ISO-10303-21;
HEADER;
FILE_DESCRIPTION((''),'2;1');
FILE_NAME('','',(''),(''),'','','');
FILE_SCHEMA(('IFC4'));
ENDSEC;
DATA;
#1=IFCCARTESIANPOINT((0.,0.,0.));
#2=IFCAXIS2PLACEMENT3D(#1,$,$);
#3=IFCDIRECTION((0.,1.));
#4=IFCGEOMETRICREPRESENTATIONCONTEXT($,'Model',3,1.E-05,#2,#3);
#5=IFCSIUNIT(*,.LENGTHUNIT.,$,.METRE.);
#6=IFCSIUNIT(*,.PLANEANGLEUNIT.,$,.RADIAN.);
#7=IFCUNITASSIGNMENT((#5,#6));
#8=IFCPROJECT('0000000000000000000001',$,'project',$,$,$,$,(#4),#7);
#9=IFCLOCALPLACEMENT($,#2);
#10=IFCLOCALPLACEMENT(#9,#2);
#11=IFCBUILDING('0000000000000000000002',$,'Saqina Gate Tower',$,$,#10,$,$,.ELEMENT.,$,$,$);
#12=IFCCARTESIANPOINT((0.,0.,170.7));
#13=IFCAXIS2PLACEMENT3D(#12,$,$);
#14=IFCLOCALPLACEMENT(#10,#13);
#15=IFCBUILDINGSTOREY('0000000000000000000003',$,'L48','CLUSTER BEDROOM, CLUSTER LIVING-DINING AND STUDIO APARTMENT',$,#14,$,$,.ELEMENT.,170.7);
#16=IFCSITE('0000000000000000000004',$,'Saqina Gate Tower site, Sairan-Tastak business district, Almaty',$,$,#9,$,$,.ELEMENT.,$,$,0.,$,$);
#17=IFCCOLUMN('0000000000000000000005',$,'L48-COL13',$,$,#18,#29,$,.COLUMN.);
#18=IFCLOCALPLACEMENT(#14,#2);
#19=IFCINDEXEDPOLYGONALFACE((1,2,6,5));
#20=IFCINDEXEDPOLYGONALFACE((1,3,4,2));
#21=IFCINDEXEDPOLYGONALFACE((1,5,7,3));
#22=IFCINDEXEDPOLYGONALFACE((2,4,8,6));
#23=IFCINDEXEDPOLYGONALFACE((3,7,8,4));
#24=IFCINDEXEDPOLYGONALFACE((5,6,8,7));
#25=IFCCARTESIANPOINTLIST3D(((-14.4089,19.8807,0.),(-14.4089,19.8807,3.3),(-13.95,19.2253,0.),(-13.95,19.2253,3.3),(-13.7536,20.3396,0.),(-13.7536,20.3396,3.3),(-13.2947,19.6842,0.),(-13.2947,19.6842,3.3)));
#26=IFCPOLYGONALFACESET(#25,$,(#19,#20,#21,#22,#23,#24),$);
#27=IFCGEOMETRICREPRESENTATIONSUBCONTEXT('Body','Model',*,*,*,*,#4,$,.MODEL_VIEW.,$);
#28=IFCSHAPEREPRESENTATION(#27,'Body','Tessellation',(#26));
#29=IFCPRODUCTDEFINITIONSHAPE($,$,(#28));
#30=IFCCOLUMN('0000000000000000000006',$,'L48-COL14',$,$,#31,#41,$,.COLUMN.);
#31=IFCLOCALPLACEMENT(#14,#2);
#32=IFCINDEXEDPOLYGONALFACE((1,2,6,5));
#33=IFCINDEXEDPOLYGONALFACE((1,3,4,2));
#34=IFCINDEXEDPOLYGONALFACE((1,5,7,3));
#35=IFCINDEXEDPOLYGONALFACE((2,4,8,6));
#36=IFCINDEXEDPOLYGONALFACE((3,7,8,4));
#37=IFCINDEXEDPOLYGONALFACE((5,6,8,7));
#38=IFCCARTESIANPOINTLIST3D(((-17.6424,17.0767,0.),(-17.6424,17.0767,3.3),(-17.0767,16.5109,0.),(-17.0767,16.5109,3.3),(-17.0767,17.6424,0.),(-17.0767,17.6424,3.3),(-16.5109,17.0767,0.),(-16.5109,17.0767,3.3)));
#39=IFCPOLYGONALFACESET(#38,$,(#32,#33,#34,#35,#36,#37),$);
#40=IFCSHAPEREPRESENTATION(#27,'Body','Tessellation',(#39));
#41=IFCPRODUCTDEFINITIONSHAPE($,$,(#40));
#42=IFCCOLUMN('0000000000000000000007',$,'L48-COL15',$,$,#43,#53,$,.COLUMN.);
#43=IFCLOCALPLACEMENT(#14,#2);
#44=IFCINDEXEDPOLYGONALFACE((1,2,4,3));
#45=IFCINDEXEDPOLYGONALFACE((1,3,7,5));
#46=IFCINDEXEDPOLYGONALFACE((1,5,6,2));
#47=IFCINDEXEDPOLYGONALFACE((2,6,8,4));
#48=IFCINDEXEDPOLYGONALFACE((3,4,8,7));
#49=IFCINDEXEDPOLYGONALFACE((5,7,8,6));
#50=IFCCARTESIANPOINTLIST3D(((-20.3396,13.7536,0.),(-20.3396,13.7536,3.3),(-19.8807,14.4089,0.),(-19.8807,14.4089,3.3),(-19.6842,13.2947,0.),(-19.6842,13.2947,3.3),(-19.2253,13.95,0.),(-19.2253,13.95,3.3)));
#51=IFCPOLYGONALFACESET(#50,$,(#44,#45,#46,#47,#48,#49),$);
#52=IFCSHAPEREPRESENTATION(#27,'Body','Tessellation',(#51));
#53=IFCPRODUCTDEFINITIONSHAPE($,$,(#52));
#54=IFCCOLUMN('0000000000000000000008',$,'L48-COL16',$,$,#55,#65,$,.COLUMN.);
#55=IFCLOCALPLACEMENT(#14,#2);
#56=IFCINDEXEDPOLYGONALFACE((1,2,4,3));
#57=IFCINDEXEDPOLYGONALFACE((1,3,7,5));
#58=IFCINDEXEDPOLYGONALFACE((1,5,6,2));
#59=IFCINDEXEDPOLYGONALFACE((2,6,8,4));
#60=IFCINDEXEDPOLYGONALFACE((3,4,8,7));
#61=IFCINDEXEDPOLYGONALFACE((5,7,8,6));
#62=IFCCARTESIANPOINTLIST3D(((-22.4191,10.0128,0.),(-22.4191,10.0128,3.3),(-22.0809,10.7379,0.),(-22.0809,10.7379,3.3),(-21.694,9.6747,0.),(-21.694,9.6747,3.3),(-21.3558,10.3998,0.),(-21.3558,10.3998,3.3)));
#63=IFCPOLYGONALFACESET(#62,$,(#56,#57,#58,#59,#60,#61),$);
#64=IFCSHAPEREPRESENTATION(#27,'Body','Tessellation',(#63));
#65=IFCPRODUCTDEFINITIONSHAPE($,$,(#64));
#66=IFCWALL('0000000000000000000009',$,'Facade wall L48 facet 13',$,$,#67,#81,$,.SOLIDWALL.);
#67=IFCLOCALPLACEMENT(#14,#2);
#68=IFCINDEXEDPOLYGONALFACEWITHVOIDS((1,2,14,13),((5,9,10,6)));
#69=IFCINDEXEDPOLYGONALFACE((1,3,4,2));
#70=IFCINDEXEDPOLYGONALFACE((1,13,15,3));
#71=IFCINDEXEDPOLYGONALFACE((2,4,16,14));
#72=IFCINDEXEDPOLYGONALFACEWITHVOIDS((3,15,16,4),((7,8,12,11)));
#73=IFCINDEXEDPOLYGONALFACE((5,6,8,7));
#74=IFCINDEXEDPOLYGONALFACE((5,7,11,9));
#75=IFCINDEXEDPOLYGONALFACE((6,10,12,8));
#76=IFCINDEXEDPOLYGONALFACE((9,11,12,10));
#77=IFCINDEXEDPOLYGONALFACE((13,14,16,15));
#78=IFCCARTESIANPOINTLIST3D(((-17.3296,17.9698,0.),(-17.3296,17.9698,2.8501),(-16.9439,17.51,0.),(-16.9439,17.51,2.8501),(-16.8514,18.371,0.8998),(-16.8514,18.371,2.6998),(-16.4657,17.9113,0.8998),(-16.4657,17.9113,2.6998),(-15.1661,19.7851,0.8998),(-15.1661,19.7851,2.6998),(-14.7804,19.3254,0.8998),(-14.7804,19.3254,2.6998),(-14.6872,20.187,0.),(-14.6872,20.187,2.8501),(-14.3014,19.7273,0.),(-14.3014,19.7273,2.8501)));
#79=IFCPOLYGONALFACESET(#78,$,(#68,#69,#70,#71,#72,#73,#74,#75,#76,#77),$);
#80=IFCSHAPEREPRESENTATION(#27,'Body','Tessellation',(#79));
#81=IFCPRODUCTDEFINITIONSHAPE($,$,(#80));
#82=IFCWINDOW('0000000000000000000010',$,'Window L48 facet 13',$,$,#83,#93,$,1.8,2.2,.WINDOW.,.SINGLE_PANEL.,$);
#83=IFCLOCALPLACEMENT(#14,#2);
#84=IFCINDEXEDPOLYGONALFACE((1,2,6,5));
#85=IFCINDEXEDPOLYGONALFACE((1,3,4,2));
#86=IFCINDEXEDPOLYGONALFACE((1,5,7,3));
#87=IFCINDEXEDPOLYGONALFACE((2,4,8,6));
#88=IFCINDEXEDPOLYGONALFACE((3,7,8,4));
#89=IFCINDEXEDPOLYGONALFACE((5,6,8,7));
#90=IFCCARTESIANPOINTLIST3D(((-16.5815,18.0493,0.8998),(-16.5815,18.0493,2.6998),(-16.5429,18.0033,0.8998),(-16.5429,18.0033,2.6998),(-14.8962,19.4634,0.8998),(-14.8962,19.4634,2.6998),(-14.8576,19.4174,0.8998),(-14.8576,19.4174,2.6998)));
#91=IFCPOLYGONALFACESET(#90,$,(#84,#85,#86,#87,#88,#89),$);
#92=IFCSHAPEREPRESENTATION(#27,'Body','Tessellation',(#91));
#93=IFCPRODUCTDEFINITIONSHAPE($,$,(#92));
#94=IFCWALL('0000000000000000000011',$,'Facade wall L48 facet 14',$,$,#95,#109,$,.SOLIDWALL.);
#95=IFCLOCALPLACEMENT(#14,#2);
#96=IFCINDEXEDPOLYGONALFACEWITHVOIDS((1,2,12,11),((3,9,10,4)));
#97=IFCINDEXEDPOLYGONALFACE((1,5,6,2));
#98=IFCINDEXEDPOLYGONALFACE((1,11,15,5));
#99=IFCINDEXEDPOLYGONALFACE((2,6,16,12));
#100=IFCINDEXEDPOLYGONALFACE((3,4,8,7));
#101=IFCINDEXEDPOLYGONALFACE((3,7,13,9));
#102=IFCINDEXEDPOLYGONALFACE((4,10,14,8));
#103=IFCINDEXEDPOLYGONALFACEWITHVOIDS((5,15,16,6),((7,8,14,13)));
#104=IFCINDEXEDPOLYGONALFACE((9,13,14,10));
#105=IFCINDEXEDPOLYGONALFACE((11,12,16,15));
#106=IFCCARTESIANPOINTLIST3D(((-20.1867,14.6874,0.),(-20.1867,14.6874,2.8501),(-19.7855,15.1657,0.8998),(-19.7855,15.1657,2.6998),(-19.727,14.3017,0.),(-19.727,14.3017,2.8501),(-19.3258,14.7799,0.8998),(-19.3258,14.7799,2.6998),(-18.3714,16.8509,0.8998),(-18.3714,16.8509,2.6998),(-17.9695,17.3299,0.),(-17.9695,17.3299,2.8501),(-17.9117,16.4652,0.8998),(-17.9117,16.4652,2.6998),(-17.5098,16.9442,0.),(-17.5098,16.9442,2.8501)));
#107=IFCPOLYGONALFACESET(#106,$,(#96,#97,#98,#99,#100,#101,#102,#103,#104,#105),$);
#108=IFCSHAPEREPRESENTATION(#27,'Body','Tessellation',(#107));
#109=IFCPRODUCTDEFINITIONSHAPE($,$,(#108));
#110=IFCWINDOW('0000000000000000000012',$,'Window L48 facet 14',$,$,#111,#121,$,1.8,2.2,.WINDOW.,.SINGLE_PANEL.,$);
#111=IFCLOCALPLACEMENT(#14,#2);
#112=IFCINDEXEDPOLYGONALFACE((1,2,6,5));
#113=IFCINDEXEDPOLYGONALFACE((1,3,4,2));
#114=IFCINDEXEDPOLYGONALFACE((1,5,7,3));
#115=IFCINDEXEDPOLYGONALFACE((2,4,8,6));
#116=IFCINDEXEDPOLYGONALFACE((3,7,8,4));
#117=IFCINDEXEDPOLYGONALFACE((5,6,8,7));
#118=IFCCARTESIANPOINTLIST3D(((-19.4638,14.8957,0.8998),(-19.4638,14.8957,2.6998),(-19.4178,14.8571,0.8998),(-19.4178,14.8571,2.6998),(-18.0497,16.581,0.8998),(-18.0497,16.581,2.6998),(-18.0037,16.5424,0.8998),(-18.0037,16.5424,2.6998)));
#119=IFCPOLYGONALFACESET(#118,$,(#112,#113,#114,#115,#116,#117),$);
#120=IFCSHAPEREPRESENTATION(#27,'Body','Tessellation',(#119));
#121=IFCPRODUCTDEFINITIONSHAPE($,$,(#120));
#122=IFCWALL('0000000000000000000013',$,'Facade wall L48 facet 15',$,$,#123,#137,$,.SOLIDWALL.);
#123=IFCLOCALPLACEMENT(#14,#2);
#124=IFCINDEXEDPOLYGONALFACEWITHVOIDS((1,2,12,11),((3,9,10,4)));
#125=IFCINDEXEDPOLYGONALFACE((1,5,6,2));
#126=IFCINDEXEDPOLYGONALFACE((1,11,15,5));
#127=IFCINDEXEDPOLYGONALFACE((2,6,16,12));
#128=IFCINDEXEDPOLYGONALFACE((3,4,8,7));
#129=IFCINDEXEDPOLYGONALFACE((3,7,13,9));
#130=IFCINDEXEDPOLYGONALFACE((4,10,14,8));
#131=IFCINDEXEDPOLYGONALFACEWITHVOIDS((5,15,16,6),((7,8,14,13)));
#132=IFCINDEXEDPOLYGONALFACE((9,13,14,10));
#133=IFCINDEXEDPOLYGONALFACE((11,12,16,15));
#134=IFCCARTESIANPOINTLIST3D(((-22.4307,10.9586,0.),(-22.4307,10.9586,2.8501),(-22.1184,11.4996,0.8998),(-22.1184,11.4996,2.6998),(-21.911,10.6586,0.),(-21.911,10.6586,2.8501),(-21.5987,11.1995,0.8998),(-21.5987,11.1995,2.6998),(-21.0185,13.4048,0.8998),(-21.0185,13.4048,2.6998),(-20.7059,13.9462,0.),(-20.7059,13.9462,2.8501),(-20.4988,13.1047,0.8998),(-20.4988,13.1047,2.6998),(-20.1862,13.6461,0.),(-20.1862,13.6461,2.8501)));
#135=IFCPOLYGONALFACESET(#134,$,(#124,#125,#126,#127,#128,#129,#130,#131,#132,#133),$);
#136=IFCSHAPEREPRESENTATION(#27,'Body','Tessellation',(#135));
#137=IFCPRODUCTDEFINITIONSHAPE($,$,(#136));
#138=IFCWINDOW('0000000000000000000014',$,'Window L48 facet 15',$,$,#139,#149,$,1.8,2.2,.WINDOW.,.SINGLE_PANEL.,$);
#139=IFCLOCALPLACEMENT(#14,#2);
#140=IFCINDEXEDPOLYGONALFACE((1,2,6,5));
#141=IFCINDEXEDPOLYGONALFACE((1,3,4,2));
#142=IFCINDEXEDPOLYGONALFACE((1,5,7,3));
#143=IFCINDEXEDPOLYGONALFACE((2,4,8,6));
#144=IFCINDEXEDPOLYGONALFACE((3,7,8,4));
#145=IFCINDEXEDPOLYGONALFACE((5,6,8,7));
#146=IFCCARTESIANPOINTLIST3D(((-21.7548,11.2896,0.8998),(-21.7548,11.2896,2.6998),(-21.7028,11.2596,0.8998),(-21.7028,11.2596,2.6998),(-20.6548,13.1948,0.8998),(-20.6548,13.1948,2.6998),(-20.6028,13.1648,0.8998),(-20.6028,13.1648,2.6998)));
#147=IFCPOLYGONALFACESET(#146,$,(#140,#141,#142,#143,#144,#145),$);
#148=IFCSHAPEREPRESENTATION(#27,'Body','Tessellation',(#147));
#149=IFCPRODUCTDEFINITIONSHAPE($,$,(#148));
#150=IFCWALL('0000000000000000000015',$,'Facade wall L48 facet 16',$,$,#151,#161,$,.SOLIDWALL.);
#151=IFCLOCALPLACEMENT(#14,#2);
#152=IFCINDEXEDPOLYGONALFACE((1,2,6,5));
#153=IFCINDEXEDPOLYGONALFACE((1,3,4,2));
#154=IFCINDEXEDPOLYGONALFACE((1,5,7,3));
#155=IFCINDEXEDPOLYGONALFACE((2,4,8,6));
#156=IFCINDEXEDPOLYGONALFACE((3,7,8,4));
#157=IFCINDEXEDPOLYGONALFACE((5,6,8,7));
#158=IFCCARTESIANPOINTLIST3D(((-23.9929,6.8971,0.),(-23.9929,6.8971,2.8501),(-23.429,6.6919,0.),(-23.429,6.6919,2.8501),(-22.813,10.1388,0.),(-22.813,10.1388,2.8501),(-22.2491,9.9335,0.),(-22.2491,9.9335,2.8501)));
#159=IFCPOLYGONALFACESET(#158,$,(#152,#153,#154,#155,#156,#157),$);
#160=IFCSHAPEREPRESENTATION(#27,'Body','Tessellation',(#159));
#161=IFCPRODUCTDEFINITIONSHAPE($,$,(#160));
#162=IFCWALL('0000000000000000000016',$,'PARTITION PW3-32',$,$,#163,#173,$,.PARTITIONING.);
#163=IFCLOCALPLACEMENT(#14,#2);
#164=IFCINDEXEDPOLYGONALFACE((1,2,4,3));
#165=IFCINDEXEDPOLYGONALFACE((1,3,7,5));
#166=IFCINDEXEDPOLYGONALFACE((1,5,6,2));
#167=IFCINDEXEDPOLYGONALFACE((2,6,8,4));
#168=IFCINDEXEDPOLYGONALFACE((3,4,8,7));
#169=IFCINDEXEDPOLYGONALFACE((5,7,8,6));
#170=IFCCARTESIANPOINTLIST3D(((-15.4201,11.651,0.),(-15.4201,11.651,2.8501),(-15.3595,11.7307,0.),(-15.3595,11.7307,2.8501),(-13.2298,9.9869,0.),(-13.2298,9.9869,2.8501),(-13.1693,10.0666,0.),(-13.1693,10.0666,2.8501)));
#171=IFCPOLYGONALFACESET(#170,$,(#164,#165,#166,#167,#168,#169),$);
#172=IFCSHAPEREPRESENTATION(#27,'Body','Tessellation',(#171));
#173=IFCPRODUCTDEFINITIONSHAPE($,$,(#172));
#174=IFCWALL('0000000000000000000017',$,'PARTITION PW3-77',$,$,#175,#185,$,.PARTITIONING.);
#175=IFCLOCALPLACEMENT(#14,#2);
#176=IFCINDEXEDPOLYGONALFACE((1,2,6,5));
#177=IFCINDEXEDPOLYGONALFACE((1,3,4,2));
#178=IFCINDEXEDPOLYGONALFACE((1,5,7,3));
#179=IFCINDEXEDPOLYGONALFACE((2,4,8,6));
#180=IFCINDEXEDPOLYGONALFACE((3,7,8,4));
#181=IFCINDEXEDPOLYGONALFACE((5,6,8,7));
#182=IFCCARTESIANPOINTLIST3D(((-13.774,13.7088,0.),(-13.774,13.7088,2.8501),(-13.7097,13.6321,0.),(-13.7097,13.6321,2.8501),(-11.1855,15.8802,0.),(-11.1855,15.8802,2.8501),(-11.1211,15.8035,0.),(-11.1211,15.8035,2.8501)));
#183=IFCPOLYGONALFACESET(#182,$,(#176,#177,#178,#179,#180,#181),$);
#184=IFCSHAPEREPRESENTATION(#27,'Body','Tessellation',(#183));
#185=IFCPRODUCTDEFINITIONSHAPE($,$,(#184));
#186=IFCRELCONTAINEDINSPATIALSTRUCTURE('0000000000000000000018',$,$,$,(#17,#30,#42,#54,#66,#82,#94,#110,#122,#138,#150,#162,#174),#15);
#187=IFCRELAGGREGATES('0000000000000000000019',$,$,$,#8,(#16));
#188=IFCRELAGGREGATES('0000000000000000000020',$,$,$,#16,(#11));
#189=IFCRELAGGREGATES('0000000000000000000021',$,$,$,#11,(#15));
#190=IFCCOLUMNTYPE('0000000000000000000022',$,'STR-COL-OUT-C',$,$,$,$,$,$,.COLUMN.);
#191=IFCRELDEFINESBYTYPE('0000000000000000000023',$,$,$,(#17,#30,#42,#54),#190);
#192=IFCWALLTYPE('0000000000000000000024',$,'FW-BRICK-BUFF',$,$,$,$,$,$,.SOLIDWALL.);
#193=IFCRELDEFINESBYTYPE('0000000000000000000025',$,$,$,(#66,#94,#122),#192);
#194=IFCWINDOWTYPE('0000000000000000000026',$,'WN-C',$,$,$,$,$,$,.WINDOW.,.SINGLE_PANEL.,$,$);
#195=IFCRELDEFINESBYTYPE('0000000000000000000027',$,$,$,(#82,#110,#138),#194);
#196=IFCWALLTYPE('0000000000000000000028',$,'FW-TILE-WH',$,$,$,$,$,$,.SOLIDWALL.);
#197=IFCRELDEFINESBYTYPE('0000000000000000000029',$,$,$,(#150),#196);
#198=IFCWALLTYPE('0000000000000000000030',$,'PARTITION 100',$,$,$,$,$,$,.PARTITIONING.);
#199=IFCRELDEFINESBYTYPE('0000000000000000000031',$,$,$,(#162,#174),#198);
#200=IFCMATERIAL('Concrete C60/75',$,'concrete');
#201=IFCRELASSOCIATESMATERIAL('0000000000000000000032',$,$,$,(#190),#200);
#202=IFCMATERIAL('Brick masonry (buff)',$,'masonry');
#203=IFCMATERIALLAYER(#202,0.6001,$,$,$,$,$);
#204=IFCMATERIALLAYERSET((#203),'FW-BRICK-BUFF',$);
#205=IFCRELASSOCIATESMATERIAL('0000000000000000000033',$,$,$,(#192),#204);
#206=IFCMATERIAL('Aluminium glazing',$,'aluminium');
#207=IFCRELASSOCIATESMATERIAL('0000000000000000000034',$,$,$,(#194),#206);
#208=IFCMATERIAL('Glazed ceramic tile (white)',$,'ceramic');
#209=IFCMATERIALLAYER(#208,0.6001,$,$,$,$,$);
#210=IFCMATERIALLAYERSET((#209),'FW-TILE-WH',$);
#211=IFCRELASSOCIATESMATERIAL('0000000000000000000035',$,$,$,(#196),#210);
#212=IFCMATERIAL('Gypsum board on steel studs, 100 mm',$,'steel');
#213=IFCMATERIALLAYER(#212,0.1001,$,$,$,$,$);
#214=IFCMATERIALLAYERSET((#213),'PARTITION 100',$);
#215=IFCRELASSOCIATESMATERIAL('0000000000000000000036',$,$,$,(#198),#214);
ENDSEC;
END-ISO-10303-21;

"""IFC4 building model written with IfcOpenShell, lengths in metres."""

from ifc_helpers import new_model, si_unit, direction, frame, frame_2d, origin, origin_2d, place, context, subcontext, project, spatial, rectangle, extrude, material, layer, layer_set, material_profile, profile_set, type_object, element, fill, save


model = new_model("IFC4")

# Units and contexts
model_context = context("Model", 3, precision=1e-05, world=origin(), true_north=direction((0.0, 1.0)))
body_context = subcontext(model_context, "Body", "Model", "MODEL_VIEW")
ifc_project = project(units=[si_unit("LENGTHUNIT", "METRE"), si_unit("PLANEANGLEUNIT", "RADIAN")], contexts=[model_context])

# Site, building, storey
site_placement = place(None, origin())
site = spatial("IfcSite", under=ifc_project, at=site_placement, Name="Saqina Gate Tower site, Sairan-Tastak business district, Almaty", CompositionType="ELEMENT", RefElevation=0.0)
building_placement = place(site_placement, origin())
building = spatial("IfcBuilding", under=site, at=building_placement, Name="Saqina Gate Tower", CompositionType="ELEMENT")
storey_placement = place(building_placement, frame((0.0, 0.0, 170.7)))
storey = spatial("IfcBuildingStorey", under=building, at=storey_placement, Name="L48", Description="CLUSTER BEDROOM, CLUSTER LIVING-DINING AND STUDIO APARTMENT", CompositionType="ELEMENT", Elevation=170.7)

# Columns
ifc_material_1 = material(Name="Concrete C60/75", Category="concrete")
ifc_material_profile = material_profile(ifc_material_1, rectangle(XDim=0.8, YDim=0.8, at=origin_2d()), Name="RC 800x800")
ifc_profile_set = profile_set([ifc_material_profile], Name="Concrete C60/75")
column_type = type_object("IfcColumnType", Name="STR-COL-OUT-C", PredefinedType="COLUMN", material=ifc_profile_set)
for number, where, z_axis, x_axis, name in (
    (1, (-13.8518, 19.7825, 0.0), (0.0, 0.0, 1.0), (-0.573576, 0.819152, 0.0), "L48-COL13"),
    (2, (-17.0767, 17.0767, 0.0), (0.0, 0.0, 1.0), (-0.707107, 0.707107, 0.0), "L48-COL14"),
    (3, (-19.7825, 13.8518, 0.0), (0.0, 0.0, 1.0), (-0.819152, 0.573576, 0.0), "L48-COL15"),
    (4, (-21.8875, 10.2063, 0.0), (0.0, 0.0, 1.0), (-0.906308, 0.422618, 0.0), "L48-COL16"),
):
    element("IfcColumn", number, at=place(storey_placement, frame(where, z_axis=z_axis, x_axis=x_axis)), inside=storey, type_object=column_type, Name=name, PredefinedType="COLUMN", context=body_context, shape_type="SweptSolid", body=[
        extrude(rectangle(XDim=0.8, YDim=0.8, at=origin_2d()), origin(), (0.0, 0.0, 1.0), 3.3),
    ])

# Walls, openings, windows
ifc_material_2 = material(Name="Brick masonry (buff)", Category="masonry")
ifc_layer_1 = layer(ifc_material_2, 0.6001)
ifc_layer_set_1 = layer_set([ifc_layer_1], Name="FW-BRICK-BUFF")
wall_type_1 = type_object("IfcWallType", Name="FW-BRICK-BUFF", PredefinedType="SOLIDWALL", material=ifc_layer_set_1)
wall_1_placement = place(storey_placement, frame((-14.4944, 19.957, 0.0), z_axis=(0.0, 0.0, 1.0), x_axis=(-0.766059, -0.64277, 0.0)))
wall_1 = element("IfcWall", 5, at=wall_1_placement, inside=storey, type_object=wall_type_1, Name="Facade wall L48 facet 13", PredefinedType="SOLIDWALL", context=body_context, shape_type="SweptSolid", body=[
    extrude(rectangle(XDim=3.4495, YDim=0.6001, at=frame_2d((1.7246, 0.0))), origin(), (0.0, 0.0, 1.0), 2.8501),
])
opening_1_placement = place(wall_1_placement, frame((0.625, 0.0, 0.8999)))
opening_1 = element("IfcOpeningElement", 6, at=opening_1_placement, cuts=wall_1, PredefinedType="OPENING", context=body_context, shape_type="SweptSolid", body=[
    extrude(rectangle(XDim=2.2, YDim=1.8, at=frame_2d((1.1001, 0.8999))), frame((0.0, 0.312, 0.0), z_axis=(0.0, -1.0, 0.0), x_axis=(1.0, 0.0, 0.0)), (0.0, 0.0, 1.0), 0.624),
])
ifc_material_3 = material(Name="Aluminium glazing", Category="aluminium")
window_type = type_object("IfcWindowType", Name="WN-C", PartitioningType="SINGLE_PANEL", PredefinedType="WINDOW", material=ifc_material_3)
window_1_placement = place(opening_1_placement, origin())
window_1 = element("IfcWindow", 7, at=window_1_placement, inside=storey, type_object=window_type, Name="Window L48 facet 13", OverallHeight=1.8, OverallWidth=2.2, PartitioningType="SINGLE_PANEL", PredefinedType="WINDOW", context=body_context, shape_type="SweptSolid", body=[
    extrude(rectangle(XDim=2.2, YDim=1.8, at=frame_2d((1.1001, 0.8999))), frame((0.0, 0.1799, 0.0), z_axis=(0.0, -1.0, 0.0), x_axis=(1.0, 0.0, 0.0)), (0.0, 0.0, 1.0), 0.0601),
])
fill(opening_1, window_1)
wall_2_placement = place(storey_placement, frame((-17.7397, 17.137, 0.0), z_axis=(0.0, 0.0, 1.0), x_axis=(-0.64277, -0.766059, 0.0)))
wall_2 = element("IfcWall", 8, at=wall_2_placement, inside=storey, type_object=wall_type_1, Name="Facade wall L48 facet 14", PredefinedType="SOLIDWALL", context=body_context, shape_type="SweptSolid", body=[
    extrude(rectangle(XDim=3.4495, YDim=0.6001, at=frame_2d((1.7246, 0.0))), origin(), (0.0, 0.0, 1.0), 2.8501),
])
opening_2_placement = place(wall_2_placement, frame((0.625, 0.0, 0.8999)))
opening_2 = element("IfcOpeningElement", 9, at=opening_2_placement, cuts=wall_2, PredefinedType="OPENING", context=body_context, shape_type="SweptSolid", body=[
    extrude(rectangle(XDim=2.2, YDim=1.8, at=frame_2d((1.1001, 0.8999))), frame((0.0, 0.312, 0.0), z_axis=(0.0, -1.0, 0.0), x_axis=(1.0, 0.0, 0.0)), (0.0, 0.0, 1.0), 0.624),
])
window_2_placement = place(opening_2_placement, origin())
window_2 = element("IfcWindow", 10, at=window_2_placement, inside=storey, type_object=window_type, Name="Window L48 facet 14", OverallHeight=1.8, OverallWidth=2.2, PartitioningType="SINGLE_PANEL", PredefinedType="WINDOW", context=body_context, shape_type="SweptSolid", body=[
    extrude(rectangle(XDim=2.2, YDim=1.8, at=frame_2d((1.1001, 0.8999))), frame((0.0, 0.1799, 0.0), z_axis=(0.0, -1.0, 0.0), x_axis=(1.0, 0.0, 0.0)), (0.0, 0.0, 1.0), 0.0601),
])
fill(opening_2, window_2)
wall_3_placement = place(storey_placement, frame((-20.446, 13.7961, 0.0), z_axis=(0.0, 0.0, 1.0), x_axis=(-0.499998, -0.866026, 0.0)))
wall_3 = element("IfcWall", 11, at=wall_3_placement, inside=storey, type_object=wall_type_1, Name="Facade wall L48 facet 15", PredefinedType="SOLIDWALL", context=body_context, shape_type="SweptSolid", body=[
    extrude(rectangle(XDim=3.4497, YDim=0.6001, at=frame_2d((1.7249, 0.0))), origin(), (0.0, 0.0, 1.0), 2.8501),
])
opening_3_placement = place(wall_3_placement, frame((0.625, 0.0, 0.8999)))
opening_3 = element("IfcOpeningElement", 12, at=opening_3_placement, cuts=wall_3, PredefinedType="OPENING", context=body_context, shape_type="SweptSolid", body=[
    extrude(rectangle(XDim=2.2, YDim=1.8, at=frame_2d((1.1001, 0.8999))), frame((0.0, 0.312, 0.0), z_axis=(0.0, -1.0, 0.0), x_axis=(1.0, 0.0, 0.0)), (0.0, 0.0, 1.0), 0.624),
])
window_3_placement = place(opening_3_placement, origin())
window_3 = element("IfcWindow", 13, at=window_3_placement, inside=storey, type_object=window_type, Name="Window L48 facet 15", OverallHeight=1.8, OverallWidth=2.2, PartitioningType="SINGLE_PANEL", PredefinedType="WINDOW", context=body_context, shape_type="SweptSolid", body=[
    extrude(rectangle(XDim=2.2, YDim=1.8, at=frame_2d((1.1001, 0.8999))), frame((0.0, 0.1799, 0.0), z_axis=(0.0, -1.0, 0.0), x_axis=(1.0, 0.0, 0.0)), (0.0, 0.0, 1.0), 0.0601),
])
fill(opening_3, window_3)

# Walls
ifc_material_4 = material(Name="Glazed ceramic tile (white)", Category="ceramic")
ifc_layer_2 = layer(ifc_material_4, 0.6001)
ifc_layer_set_2 = layer_set([ifc_layer_2], Name="FW-TILE-WH")
wall_type_2 = type_object("IfcWallType", Name="FW-TILE-WH", PredefinedType="SOLIDWALL", material=ifc_layer_set_2)
wall_4_placement = place(storey_placement, frame((-22.531, 10.0361, 0.0), z_axis=(0.0, 0.0, 1.0), x_axis=(-0.342033, -0.939688, 0.0)))
element("IfcWall", 14, at=wall_4_placement, inside=storey, type_object=wall_type_2, Name="Facade wall L48 facet 16", PredefinedType="SOLIDWALL", context=body_context, shape_type="SweptSolid", body=[
    extrude(rectangle(XDim=3.4497, YDim=0.6001, at=frame_2d((1.7249, 0.0))), origin(), (0.0, 0.0, 1.0), 2.8501),
])
ifc_material_5 = material(Name="Gypsum board on steel studs, 100 mm", Category="steel")
ifc_layer_3 = layer(ifc_material_5, 0.1001)
ifc_layer_set_3 = layer_set([ifc_layer_3], Name="PARTITION 100")
wall_type_3 = type_object("IfcWallType", Name="PARTITION 100", PredefinedType="PARTITIONING", material=ifc_layer_set_3)
wall_5_placement = place(storey_placement, frame((-15.3899, 11.6909, 0.0), z_axis=(0.0, 0.0, 1.0), x_axis=(0.796246, -0.604973, 0.0)))
element("IfcWall", 15, at=wall_5_placement, inside=storey, type_object=wall_type_3, Name="PARTITION PW3-32", PredefinedType="PARTITIONING", context=body_context, shape_type="SweptSolid", body=[
    extrude(rectangle(XDim=2.7507, YDim=0.1001, at=frame_2d((1.3755, 0.0))), origin(), (0.0, 0.0, 1.0), 2.8501),
])
wall_6_placement = place(storey_placement, frame((-13.7419, 13.6704, 0.0), z_axis=(0.0, 0.0, 1.0), x_axis=(0.76615, 0.642662, 0.0)))
element("IfcWall", 16, at=wall_6_placement, inside=storey, type_object=wall_type_3, Name="PARTITION PW3-77", PredefinedType="PARTITIONING", context=body_context, shape_type="SweptSolid", body=[
    extrude(rectangle(XDim=3.3787, YDim=0.1001, at=frame_2d((1.6895, 0.0))), origin(), (0.0, 0.0, 1.0), 2.8501),
])

save(model, "model.ifc")
